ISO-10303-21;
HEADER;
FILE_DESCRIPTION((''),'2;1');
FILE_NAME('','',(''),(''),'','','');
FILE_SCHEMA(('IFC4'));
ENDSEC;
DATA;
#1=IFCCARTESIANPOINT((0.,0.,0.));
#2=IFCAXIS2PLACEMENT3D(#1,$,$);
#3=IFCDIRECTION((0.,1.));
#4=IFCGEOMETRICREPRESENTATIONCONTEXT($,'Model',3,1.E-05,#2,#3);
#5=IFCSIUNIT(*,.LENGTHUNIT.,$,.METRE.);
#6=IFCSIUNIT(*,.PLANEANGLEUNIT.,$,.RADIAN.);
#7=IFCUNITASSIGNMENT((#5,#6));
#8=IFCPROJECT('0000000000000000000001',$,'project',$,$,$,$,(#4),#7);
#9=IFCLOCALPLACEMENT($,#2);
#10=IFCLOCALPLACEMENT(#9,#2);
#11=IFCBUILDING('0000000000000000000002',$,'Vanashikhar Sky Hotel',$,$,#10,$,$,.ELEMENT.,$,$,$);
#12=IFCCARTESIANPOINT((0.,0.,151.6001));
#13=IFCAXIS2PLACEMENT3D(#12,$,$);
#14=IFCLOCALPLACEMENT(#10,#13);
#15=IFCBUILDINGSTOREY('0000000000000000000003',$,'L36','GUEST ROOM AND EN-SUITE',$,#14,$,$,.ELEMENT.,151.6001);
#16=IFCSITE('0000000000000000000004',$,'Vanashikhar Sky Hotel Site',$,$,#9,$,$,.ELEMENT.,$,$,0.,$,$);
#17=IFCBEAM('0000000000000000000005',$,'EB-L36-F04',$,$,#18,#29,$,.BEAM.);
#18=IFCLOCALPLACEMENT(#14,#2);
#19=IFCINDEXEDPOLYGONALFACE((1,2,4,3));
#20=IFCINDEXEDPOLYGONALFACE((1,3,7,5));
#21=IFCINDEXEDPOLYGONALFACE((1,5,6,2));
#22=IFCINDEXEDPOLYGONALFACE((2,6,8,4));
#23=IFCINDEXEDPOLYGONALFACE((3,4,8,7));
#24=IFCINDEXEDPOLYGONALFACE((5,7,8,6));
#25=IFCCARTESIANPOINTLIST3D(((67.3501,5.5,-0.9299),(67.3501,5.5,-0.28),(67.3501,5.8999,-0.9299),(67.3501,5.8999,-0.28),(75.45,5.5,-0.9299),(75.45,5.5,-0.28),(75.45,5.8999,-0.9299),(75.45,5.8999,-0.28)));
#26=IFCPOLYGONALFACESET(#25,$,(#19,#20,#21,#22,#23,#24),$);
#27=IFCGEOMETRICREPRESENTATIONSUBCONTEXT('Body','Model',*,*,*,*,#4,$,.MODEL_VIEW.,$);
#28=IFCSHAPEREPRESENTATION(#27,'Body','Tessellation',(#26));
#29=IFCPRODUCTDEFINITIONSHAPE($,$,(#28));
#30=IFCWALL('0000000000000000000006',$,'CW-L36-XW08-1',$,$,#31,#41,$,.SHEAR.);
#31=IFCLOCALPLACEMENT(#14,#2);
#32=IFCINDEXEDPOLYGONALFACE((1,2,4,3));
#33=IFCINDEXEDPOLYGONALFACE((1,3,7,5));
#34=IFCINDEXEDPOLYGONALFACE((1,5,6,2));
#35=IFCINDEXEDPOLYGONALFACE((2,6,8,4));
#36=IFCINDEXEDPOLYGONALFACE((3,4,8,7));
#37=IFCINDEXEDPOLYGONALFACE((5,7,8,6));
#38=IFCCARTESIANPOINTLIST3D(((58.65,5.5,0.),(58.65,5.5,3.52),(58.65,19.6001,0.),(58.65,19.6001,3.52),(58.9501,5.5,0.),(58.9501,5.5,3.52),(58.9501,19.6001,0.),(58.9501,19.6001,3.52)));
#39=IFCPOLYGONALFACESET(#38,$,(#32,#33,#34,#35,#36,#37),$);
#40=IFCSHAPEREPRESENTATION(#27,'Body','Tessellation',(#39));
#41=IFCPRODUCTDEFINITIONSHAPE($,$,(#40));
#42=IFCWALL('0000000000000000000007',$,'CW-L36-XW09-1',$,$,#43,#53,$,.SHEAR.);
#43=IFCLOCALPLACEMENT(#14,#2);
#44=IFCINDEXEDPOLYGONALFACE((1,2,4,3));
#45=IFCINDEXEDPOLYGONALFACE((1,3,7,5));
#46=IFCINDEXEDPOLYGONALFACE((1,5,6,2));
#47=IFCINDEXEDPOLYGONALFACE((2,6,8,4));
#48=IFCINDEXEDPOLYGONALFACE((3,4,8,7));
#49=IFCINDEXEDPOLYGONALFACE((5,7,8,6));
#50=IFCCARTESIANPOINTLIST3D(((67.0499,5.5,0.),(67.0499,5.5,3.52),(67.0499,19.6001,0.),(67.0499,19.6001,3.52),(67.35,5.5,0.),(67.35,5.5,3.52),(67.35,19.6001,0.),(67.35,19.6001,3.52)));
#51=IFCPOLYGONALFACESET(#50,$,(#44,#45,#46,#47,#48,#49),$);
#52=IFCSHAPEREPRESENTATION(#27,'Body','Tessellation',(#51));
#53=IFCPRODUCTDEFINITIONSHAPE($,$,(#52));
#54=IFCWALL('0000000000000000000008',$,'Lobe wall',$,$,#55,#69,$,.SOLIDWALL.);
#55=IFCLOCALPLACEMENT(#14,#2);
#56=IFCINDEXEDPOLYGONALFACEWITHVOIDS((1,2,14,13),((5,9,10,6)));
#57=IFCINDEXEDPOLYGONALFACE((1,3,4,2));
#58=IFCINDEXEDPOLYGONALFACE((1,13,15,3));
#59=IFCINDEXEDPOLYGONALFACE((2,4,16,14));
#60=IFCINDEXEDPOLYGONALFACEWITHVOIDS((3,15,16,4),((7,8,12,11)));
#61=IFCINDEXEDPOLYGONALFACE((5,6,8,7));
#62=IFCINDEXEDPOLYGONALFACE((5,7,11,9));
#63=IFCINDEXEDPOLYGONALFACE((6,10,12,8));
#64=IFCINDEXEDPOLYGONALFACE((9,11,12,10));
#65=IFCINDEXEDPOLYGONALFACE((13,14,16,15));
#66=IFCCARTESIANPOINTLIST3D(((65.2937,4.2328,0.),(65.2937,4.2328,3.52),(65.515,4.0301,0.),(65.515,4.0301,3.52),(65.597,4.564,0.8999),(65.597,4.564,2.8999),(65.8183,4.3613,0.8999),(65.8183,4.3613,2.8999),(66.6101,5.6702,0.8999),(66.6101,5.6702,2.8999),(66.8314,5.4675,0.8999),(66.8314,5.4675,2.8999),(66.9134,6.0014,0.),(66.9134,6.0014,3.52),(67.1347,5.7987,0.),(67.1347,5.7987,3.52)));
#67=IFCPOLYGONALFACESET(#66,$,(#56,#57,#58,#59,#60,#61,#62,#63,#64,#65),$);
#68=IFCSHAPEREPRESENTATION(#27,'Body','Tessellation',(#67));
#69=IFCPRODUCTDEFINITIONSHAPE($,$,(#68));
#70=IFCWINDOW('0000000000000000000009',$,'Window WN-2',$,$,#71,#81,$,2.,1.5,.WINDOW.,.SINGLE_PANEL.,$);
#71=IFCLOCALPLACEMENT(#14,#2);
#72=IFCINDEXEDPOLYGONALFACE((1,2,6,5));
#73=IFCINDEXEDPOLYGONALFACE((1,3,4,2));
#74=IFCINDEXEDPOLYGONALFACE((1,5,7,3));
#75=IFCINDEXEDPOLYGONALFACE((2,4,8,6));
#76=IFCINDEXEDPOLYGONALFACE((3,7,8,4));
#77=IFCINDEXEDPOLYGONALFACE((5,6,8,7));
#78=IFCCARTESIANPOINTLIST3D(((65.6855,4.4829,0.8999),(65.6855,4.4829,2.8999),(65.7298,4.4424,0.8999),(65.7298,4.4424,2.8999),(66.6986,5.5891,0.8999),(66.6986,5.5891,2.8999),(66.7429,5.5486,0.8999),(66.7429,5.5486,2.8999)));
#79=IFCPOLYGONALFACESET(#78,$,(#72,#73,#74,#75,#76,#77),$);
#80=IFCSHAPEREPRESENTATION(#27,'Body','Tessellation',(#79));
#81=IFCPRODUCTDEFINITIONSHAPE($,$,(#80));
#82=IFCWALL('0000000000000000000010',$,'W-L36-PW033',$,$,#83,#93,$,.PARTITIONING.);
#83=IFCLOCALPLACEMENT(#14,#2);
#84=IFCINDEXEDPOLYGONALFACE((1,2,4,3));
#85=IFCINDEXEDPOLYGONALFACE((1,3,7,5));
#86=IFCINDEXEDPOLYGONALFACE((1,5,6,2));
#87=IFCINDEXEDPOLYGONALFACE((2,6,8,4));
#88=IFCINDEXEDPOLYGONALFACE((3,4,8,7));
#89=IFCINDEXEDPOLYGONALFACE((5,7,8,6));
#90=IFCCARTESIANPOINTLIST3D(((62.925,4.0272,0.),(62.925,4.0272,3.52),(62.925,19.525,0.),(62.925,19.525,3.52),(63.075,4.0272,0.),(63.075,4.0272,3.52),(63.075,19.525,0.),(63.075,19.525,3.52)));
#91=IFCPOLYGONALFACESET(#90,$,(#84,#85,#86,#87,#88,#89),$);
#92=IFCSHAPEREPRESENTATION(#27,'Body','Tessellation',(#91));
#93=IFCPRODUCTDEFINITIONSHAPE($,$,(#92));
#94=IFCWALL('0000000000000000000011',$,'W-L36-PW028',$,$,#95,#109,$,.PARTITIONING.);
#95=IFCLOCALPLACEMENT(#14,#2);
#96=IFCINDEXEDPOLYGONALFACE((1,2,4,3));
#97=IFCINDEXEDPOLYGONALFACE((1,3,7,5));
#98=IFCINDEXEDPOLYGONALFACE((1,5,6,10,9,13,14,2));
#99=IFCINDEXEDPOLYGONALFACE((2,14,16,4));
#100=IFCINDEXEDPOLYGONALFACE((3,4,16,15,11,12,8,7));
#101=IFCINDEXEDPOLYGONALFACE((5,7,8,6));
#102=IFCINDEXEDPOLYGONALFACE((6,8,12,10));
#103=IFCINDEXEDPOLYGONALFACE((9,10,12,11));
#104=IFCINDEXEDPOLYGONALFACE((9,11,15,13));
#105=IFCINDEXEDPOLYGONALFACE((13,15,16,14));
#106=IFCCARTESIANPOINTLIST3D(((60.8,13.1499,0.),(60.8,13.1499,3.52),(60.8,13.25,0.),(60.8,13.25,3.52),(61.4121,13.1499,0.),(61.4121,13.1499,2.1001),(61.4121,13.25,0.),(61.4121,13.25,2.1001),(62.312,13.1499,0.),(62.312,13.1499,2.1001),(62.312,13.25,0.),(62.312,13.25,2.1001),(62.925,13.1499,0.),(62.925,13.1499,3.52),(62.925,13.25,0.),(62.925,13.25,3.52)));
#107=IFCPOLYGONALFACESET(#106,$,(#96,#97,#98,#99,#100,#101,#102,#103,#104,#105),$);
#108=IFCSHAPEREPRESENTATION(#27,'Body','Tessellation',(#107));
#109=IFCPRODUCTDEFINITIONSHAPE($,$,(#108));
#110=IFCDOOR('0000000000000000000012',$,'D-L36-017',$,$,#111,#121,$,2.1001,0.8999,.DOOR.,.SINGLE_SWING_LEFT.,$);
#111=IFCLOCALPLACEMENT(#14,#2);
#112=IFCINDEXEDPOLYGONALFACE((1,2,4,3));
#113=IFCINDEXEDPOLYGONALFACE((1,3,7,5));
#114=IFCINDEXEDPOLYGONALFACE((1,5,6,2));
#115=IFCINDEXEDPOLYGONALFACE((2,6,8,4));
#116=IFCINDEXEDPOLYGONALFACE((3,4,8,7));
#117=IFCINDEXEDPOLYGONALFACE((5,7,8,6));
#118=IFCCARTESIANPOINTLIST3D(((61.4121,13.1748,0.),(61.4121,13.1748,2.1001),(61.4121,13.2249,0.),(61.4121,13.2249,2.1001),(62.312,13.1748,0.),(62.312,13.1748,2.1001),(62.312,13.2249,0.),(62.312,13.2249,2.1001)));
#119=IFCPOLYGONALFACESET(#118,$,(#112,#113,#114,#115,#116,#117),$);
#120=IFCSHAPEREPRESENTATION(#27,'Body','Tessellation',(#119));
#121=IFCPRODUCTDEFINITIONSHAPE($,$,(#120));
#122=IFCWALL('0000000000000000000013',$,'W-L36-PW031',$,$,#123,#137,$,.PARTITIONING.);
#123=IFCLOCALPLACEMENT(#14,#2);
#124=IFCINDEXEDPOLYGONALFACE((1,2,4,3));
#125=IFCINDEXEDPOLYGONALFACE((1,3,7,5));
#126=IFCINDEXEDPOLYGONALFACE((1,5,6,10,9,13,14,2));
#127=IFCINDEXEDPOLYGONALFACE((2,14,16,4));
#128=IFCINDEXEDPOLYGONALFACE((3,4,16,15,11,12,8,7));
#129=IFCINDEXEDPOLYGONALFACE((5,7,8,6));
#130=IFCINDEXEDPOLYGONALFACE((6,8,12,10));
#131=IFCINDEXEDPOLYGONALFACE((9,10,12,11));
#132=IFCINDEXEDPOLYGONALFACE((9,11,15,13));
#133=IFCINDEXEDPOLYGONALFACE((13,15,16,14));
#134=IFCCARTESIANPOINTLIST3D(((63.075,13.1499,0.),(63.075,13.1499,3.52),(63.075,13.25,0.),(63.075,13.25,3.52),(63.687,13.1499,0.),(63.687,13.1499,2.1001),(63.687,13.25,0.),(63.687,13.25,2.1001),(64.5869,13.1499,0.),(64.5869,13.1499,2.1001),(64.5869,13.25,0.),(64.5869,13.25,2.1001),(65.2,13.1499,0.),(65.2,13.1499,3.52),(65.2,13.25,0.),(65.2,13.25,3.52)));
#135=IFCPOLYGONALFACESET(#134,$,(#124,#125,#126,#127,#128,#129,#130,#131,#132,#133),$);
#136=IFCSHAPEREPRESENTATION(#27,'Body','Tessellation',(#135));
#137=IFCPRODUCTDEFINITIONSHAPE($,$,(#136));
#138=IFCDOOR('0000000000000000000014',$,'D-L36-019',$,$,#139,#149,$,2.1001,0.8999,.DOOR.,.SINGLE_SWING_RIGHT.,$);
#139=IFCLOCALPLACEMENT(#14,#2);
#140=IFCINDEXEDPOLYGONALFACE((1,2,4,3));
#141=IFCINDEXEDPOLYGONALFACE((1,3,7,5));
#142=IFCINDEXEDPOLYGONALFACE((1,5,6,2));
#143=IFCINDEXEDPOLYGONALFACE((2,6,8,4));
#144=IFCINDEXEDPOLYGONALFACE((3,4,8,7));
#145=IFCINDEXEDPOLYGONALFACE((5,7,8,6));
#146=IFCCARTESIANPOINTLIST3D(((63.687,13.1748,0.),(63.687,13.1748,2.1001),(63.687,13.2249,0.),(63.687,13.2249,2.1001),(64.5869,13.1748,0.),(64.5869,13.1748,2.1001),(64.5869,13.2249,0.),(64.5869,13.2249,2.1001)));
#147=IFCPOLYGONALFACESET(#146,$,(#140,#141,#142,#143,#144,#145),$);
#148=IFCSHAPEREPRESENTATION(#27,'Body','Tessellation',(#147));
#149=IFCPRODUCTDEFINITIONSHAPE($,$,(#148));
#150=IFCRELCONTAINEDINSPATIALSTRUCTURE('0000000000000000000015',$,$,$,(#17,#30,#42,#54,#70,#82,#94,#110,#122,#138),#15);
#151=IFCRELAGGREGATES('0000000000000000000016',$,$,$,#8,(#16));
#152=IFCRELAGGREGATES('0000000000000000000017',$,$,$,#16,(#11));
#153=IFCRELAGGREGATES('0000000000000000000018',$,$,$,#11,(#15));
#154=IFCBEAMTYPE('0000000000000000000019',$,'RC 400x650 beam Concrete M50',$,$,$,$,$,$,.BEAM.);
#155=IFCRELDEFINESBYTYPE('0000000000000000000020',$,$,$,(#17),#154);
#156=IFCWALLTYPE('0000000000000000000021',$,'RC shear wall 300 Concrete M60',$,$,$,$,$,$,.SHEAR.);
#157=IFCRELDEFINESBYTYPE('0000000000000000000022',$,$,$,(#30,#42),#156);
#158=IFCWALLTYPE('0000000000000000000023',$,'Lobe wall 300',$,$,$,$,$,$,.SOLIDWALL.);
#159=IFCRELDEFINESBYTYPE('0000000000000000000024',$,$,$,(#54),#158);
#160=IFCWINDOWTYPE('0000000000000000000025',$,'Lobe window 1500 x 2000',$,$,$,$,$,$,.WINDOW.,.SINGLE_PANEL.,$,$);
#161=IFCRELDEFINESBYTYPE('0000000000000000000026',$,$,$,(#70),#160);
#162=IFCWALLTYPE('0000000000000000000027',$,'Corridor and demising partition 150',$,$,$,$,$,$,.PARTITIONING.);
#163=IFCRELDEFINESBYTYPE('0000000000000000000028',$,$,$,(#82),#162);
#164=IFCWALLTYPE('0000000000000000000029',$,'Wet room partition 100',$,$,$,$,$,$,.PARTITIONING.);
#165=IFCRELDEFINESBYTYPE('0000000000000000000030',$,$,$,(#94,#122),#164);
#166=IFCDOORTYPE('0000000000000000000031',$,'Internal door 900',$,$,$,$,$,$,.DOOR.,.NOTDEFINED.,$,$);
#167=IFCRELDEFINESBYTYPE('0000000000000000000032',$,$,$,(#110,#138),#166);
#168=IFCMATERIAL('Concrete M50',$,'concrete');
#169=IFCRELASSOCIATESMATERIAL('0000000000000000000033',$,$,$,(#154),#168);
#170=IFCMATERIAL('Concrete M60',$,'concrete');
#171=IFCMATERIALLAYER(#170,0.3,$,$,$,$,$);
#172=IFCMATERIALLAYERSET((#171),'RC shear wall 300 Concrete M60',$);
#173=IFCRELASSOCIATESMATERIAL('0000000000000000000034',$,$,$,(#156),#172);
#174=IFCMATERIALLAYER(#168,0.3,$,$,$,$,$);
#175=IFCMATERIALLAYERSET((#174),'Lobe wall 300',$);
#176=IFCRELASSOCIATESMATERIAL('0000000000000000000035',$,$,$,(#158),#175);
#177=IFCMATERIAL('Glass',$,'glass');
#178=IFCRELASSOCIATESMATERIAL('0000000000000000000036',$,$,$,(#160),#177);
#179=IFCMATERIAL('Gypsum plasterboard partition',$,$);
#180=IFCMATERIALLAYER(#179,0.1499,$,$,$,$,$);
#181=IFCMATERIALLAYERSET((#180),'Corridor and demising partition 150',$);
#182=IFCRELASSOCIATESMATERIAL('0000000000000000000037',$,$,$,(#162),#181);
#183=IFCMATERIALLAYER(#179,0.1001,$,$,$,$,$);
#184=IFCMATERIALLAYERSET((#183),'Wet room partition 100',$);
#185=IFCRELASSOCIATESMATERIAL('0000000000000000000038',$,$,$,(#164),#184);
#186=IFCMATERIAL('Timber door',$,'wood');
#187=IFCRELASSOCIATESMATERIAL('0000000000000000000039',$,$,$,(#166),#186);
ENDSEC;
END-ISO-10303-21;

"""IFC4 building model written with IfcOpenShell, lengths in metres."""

from ifc_helpers import new_model, si_unit, direction, frame, frame_2d, origin, origin_2d, place, context, subcontext, project, spatial, rectangle, extrude, source, transform, mapped, material, layer, layer_set, material_profile, profile_set, type_object, element, fill, save


model = new_model("IFC4")

# Units and contexts
model_context = context("Model", 3, precision=1e-05, world=origin(), true_north=direction((0.0, 1.0)))
body_context = subcontext(model_context, "Body", "Model", "MODEL_VIEW")
ifc_project = project(units=[si_unit("LENGTHUNIT", "METRE"), si_unit("PLANEANGLEUNIT", "RADIAN")], contexts=[model_context])

# Site, building, storey
site_placement = place(None, origin())
site = spatial("IfcSite", under=ifc_project, at=site_placement, Name="Vanashikhar Sky Hotel Site", CompositionType="ELEMENT", RefElevation=0.0)
building_placement = place(site_placement, origin())
building = spatial("IfcBuilding", under=site, at=building_placement, Name="Vanashikhar Sky Hotel", CompositionType="ELEMENT")
storey_placement = place(building_placement, frame((0.0, 0.0, 151.6001)))
storey = spatial("IfcBuildingStorey", under=building, at=storey_placement, Name="L36", Description="GUEST ROOM AND EN-SUITE", CompositionType="ELEMENT", Elevation=151.6001)

# Beam
ifc_material_1 = material(Name="Concrete M50", Category="concrete")
ifc_material_profile = material_profile(ifc_material_1, rectangle(XDim=0.3999, YDim=0.6499, at=origin_2d()))
ifc_profile_set = profile_set([ifc_material_profile], Name="RC 400x650 beam Concrete M50")
beam_type = type_object("IfcBeamType", Name="RC 400x650 beam Concrete M50", PredefinedType="BEAM", material=ifc_profile_set)
shared_shape_1 = source(origin(), body_context, "Body", "SweptSolid", [
    extrude(rectangle(XDim=0.3999, YDim=0.6499, at=origin_2d()), origin(), (0.0, 0.0, 1.0), 8.0999),
])
beam_placement = place(storey_placement, frame((67.3501, 5.7, -0.605), z_axis=(1.0, 0.0, 0.0), x_axis=(0.0, 1.0, 0.0)))
element("IfcBeam", 1, at=beam_placement, inside=storey, type_object=beam_type, Name="EB-L36-F04", PredefinedType="BEAM", context=body_context, shape_type="MappedRepresentation", body=[
    mapped(shared_shape_1, transform((0.0, 0.0, 0.0), scale=1.0)),
])

# Walls
ifc_material_2 = material(Name="Concrete M60", Category="concrete")
ifc_layer_1 = layer(ifc_material_2, 0.3)
ifc_layer_set_1 = layer_set([ifc_layer_1], Name="RC shear wall 300 Concrete M60")
wall_type_1 = type_object("IfcWallType", Name="RC shear wall 300 Concrete M60", PredefinedType="SHEAR", material=ifc_layer_set_1)
shared_shape_2 = source(origin(), body_context, "Body", "SweptSolid", [
    extrude(rectangle(XDim=14.1001, YDim=0.3, at=frame_2d((7.05, 0.0))), origin(), (0.0, 0.0, 1.0), 3.52),
])
for number, where, z_axis, x_axis, name in (
    (2, (58.8, 5.5, 0.0), (0.0, 0.0, 1.0), (0.0, 1.0, 0.0), "CW-L36-XW08-1"),
    (3, (67.2, 5.5, 0.0), (0.0, 0.0, 1.0), (0.0, 1.0, 0.0), "CW-L36-XW09-1"),
):
    element("IfcWall", number, at=place(storey_placement, frame(where, z_axis=z_axis, x_axis=x_axis)), inside=storey, type_object=wall_type_1, Name=name, PredefinedType="SHEAR", context=body_context, shape_type="MappedRepresentation", body=[
        mapped(shared_shape_2, transform((0.0, 0.0, 0.0), scale=1.0)),
    ])

# Wall, opening, window
ifc_layer_2 = layer(ifc_material_1, 0.3)
ifc_layer_set_2 = layer_set([ifc_layer_2], Name="Lobe wall 300")
wall_type_2 = type_object("IfcWallType", Name="Lobe wall 300", PredefinedType="SOLIDWALL", material=ifc_layer_set_2)
shared_shape_3 = source(origin(), body_context, "Body", "SweptSolid", [
    extrude(rectangle(XDim=2.3982, YDim=0.3, at=frame_2d((1.1992, 0.0))), origin(), (0.0, 0.0, 1.0), 3.52),
])
wall_1_placement = place(storey_placement, frame((65.4043, 4.1313, 0.0), z_axis=(0.0, 0.0, 1.0), x_axis=(0.675374, 0.737475, 0.0)))
wall_1 = element("IfcWall", 4, at=wall_1_placement, inside=storey, type_object=wall_type_2, Name="Lobe wall", PredefinedType="SOLIDWALL", context=body_context, shape_type="MappedRepresentation", body=[
    mapped(shared_shape_3, transform((0.0, 0.0, 0.0), scale=1.0)),
])
shared_shape_4 = source(origin(), body_context, "Body", "SweptSolid", [
    extrude(rectangle(XDim=1.5, YDim=2.0, at=frame_2d((0.75, 1.0))), frame((0.0, 0.1602, 0.0), z_axis=(0.0, -1.0, 0.0), x_axis=(1.0, 0.0, 0.0)), (0.0, 0.0, 1.0), 0.3201),
])
opening_1_placement = place(wall_1_placement, frame((0.4492, 0.0, 0.8999)))
opening_1 = element("IfcOpeningElement", 5, at=opening_1_placement, cuts=wall_1, PredefinedType="OPENING", context=body_context, shape_type="MappedRepresentation", body=[
    mapped(shared_shape_4, transform((0.0, 0.0, 0.0), scale=1.0)),
])
ifc_material_3 = material(Name="Glass", Category="glass")
window_type_1 = type_object("IfcWindowType", Name="Lobe window 1500 x 2000", PartitioningType="SINGLE_PANEL", PredefinedType="WINDOW", material=ifc_material_3)
shared_shape_5 = source(origin(), body_context, "Body", "SweptSolid", [
    extrude(rectangle(XDim=1.5, YDim=2.0, at=frame_2d((0.75, 1.0))), frame((0.0, 0.03, 0.0), z_axis=(0.0, -1.0, 0.0), x_axis=(1.0, 0.0, 0.0)), (0.0, 0.0, 1.0), 0.0601),
])
window_1_placement = place(opening_1_placement, origin())
window_1 = element("IfcWindow", 6, at=window_1_placement, inside=storey, type_object=window_type_1, Name="Window WN-2", OverallHeight=2.0, OverallWidth=1.5, PartitioningType="SINGLE_PANEL", PredefinedType="WINDOW", context=body_context, shape_type="MappedRepresentation", body=[
    mapped(shared_shape_5, transform((0.0, 0.0, 0.0), scale=1.0)),
])
fill(opening_1, window_1)

# Wall
ifc_material_4 = material(Name="Gypsum plasterboard partition")
ifc_layer_3 = layer(ifc_material_4, 0.1499)
ifc_layer_set_3 = layer_set([ifc_layer_3], Name="Corridor and demising partition 150")
wall_type_3 = type_object("IfcWallType", Name="Corridor and demising partition 150", PredefinedType="PARTITIONING", material=ifc_layer_set_3)
shared_shape_6 = source(origin(), body_context, "Body", "SweptSolid", [
    extrude(rectangle(XDim=15.4978, YDim=0.1499, at=frame_2d((7.749, 0.0))), origin(), (0.0, 0.0, 1.0), 3.52),
])
wall_2_placement = place(storey_placement, frame((63.0, 4.0271, 0.0), z_axis=(0.0, 0.0, 1.0), x_axis=(0.0, 1.0, 0.0)))
element("IfcWall", 7, at=wall_2_placement, inside=storey, type_object=wall_type_3, Name="W-L36-PW033", PredefinedType="PARTITIONING", context=body_context, shape_type="MappedRepresentation", body=[
    mapped(shared_shape_6, transform((0.0, 0.0, 0.0), scale=1.0)),
])

# Walls, openings, doors
ifc_layer_4 = layer(ifc_material_4, 0.1001)
ifc_layer_set_4 = layer_set([ifc_layer_4], Name="Wet room partition 100")
wall_type_4 = type_object("IfcWallType", Name="Wet room partition 100", PredefinedType="PARTITIONING", material=ifc_layer_set_4)
shared_shape_7 = source(origin(), body_context, "Body", "SweptSolid", [
    extrude(rectangle(XDim=2.125, YDim=0.1001, at=frame_2d((1.0625, 0.0))), origin(), (0.0, 0.0, 1.0), 3.52),
])
wall_3_placement = place(storey_placement, frame((60.8, 13.2, 0.0), z_axis=(0.0, 0.0, 1.0), x_axis=(1.0, 0.0, 0.0)))
wall_3 = element("IfcWall", 8, at=wall_3_placement, inside=storey, type_object=wall_type_4, Name="W-L36-PW028", PredefinedType="PARTITIONING", context=body_context, shape_type="MappedRepresentation", body=[
    mapped(shared_shape_7, transform((0.0, 0.0, 0.0), scale=1.0)),
])
shared_shape_8 = source(origin(), body_context, "Body", "SweptSolid", [
    extrude(rectangle(XDim=0.8999, YDim=2.1001, at=frame_2d((0.45, 1.05))), frame((0.0, 0.0601, 0.0), z_axis=(0.0, -1.0, 0.0), x_axis=(1.0, 0.0, 0.0)), (0.0, 0.0, 1.0), 0.1201),
])
opening_2_placement = place(wall_3_placement, frame((0.6121, 0.0, 0.0)))
opening_2 = element("IfcOpeningElement", 9, at=opening_2_placement, cuts=wall_3, PredefinedType="OPENING", context=body_context, shape_type="MappedRepresentation", body=[
    mapped(shared_shape_8, transform((0.0, 0.0, 0.0), scale=1.0)),
])
ifc_material_5 = material(Name="Timber door", Category="wood")
door_type_1 = type_object("IfcDoorType", Name="Internal door 900", OperationType="NOTDEFINED", PredefinedType="DOOR", material=ifc_material_5)
shared_shape_9 = source(origin(), body_context, "Body", "SweptSolid", [
    extrude(rectangle(XDim=0.8999, YDim=2.1001, at=frame_2d((0.45, 1.05))), frame((0.0, 0.0249, 0.0), z_axis=(0.0, -1.0, 0.0), x_axis=(1.0, 0.0, 0.0)), (0.0, 0.0, 1.0), 0.05),
])
door_1_placement = place(opening_2_placement, origin())
door_1 = element("IfcDoor", 10, at=door_1_placement, inside=storey, type_object=door_type_1, Name="D-L36-017", OperationType="SINGLE_SWING_LEFT", OverallHeight=2.1001, OverallWidth=0.8999, PredefinedType="DOOR", context=body_context, shape_type="MappedRepresentation", body=[
    mapped(shared_shape_9, transform((0.0, 0.0, 0.0), scale=1.0)),
])
fill(opening_2, door_1)
wall_4_placement = place(storey_placement, frame((63.075, 13.2, 0.0), z_axis=(0.0, 0.0, 1.0), x_axis=(1.0, 0.0, 0.0)))
wall_4 = element("IfcWall", 11, at=wall_4_placement, inside=storey, type_object=wall_type_4, Name="W-L36-PW031", PredefinedType="PARTITIONING", context=body_context, shape_type="MappedRepresentation", body=[
    mapped(shared_shape_7, transform((0.0, 0.0, 0.0), scale=1.0)),
])
opening_3_placement = place(wall_4_placement, frame((0.6121, 0.0, 0.0)))
opening_3 = element("IfcOpeningElement", 12, at=opening_3_placement, cuts=wall_4, PredefinedType="OPENING", context=body_context, shape_type="MappedRepresentation", body=[
    mapped(shared_shape_8, transform((0.0, 0.0, 0.0), scale=1.0)),
])
door_2_placement = place(opening_3_placement, origin())
door_2 = element("IfcDoor", 13, at=door_2_placement, inside=storey, type_object=door_type_1, Name="D-L36-019", OperationType="SINGLE_SWING_RIGHT", OverallHeight=2.1001, OverallWidth=0.8999, PredefinedType="DOOR", context=body_context, shape_type="MappedRepresentation", body=[
    mapped(shared_shape_9, transform((0.0, 0.0, 0.0), scale=1.0)),
])
fill(opening_3, door_2)

save(model, "model.ifc")
